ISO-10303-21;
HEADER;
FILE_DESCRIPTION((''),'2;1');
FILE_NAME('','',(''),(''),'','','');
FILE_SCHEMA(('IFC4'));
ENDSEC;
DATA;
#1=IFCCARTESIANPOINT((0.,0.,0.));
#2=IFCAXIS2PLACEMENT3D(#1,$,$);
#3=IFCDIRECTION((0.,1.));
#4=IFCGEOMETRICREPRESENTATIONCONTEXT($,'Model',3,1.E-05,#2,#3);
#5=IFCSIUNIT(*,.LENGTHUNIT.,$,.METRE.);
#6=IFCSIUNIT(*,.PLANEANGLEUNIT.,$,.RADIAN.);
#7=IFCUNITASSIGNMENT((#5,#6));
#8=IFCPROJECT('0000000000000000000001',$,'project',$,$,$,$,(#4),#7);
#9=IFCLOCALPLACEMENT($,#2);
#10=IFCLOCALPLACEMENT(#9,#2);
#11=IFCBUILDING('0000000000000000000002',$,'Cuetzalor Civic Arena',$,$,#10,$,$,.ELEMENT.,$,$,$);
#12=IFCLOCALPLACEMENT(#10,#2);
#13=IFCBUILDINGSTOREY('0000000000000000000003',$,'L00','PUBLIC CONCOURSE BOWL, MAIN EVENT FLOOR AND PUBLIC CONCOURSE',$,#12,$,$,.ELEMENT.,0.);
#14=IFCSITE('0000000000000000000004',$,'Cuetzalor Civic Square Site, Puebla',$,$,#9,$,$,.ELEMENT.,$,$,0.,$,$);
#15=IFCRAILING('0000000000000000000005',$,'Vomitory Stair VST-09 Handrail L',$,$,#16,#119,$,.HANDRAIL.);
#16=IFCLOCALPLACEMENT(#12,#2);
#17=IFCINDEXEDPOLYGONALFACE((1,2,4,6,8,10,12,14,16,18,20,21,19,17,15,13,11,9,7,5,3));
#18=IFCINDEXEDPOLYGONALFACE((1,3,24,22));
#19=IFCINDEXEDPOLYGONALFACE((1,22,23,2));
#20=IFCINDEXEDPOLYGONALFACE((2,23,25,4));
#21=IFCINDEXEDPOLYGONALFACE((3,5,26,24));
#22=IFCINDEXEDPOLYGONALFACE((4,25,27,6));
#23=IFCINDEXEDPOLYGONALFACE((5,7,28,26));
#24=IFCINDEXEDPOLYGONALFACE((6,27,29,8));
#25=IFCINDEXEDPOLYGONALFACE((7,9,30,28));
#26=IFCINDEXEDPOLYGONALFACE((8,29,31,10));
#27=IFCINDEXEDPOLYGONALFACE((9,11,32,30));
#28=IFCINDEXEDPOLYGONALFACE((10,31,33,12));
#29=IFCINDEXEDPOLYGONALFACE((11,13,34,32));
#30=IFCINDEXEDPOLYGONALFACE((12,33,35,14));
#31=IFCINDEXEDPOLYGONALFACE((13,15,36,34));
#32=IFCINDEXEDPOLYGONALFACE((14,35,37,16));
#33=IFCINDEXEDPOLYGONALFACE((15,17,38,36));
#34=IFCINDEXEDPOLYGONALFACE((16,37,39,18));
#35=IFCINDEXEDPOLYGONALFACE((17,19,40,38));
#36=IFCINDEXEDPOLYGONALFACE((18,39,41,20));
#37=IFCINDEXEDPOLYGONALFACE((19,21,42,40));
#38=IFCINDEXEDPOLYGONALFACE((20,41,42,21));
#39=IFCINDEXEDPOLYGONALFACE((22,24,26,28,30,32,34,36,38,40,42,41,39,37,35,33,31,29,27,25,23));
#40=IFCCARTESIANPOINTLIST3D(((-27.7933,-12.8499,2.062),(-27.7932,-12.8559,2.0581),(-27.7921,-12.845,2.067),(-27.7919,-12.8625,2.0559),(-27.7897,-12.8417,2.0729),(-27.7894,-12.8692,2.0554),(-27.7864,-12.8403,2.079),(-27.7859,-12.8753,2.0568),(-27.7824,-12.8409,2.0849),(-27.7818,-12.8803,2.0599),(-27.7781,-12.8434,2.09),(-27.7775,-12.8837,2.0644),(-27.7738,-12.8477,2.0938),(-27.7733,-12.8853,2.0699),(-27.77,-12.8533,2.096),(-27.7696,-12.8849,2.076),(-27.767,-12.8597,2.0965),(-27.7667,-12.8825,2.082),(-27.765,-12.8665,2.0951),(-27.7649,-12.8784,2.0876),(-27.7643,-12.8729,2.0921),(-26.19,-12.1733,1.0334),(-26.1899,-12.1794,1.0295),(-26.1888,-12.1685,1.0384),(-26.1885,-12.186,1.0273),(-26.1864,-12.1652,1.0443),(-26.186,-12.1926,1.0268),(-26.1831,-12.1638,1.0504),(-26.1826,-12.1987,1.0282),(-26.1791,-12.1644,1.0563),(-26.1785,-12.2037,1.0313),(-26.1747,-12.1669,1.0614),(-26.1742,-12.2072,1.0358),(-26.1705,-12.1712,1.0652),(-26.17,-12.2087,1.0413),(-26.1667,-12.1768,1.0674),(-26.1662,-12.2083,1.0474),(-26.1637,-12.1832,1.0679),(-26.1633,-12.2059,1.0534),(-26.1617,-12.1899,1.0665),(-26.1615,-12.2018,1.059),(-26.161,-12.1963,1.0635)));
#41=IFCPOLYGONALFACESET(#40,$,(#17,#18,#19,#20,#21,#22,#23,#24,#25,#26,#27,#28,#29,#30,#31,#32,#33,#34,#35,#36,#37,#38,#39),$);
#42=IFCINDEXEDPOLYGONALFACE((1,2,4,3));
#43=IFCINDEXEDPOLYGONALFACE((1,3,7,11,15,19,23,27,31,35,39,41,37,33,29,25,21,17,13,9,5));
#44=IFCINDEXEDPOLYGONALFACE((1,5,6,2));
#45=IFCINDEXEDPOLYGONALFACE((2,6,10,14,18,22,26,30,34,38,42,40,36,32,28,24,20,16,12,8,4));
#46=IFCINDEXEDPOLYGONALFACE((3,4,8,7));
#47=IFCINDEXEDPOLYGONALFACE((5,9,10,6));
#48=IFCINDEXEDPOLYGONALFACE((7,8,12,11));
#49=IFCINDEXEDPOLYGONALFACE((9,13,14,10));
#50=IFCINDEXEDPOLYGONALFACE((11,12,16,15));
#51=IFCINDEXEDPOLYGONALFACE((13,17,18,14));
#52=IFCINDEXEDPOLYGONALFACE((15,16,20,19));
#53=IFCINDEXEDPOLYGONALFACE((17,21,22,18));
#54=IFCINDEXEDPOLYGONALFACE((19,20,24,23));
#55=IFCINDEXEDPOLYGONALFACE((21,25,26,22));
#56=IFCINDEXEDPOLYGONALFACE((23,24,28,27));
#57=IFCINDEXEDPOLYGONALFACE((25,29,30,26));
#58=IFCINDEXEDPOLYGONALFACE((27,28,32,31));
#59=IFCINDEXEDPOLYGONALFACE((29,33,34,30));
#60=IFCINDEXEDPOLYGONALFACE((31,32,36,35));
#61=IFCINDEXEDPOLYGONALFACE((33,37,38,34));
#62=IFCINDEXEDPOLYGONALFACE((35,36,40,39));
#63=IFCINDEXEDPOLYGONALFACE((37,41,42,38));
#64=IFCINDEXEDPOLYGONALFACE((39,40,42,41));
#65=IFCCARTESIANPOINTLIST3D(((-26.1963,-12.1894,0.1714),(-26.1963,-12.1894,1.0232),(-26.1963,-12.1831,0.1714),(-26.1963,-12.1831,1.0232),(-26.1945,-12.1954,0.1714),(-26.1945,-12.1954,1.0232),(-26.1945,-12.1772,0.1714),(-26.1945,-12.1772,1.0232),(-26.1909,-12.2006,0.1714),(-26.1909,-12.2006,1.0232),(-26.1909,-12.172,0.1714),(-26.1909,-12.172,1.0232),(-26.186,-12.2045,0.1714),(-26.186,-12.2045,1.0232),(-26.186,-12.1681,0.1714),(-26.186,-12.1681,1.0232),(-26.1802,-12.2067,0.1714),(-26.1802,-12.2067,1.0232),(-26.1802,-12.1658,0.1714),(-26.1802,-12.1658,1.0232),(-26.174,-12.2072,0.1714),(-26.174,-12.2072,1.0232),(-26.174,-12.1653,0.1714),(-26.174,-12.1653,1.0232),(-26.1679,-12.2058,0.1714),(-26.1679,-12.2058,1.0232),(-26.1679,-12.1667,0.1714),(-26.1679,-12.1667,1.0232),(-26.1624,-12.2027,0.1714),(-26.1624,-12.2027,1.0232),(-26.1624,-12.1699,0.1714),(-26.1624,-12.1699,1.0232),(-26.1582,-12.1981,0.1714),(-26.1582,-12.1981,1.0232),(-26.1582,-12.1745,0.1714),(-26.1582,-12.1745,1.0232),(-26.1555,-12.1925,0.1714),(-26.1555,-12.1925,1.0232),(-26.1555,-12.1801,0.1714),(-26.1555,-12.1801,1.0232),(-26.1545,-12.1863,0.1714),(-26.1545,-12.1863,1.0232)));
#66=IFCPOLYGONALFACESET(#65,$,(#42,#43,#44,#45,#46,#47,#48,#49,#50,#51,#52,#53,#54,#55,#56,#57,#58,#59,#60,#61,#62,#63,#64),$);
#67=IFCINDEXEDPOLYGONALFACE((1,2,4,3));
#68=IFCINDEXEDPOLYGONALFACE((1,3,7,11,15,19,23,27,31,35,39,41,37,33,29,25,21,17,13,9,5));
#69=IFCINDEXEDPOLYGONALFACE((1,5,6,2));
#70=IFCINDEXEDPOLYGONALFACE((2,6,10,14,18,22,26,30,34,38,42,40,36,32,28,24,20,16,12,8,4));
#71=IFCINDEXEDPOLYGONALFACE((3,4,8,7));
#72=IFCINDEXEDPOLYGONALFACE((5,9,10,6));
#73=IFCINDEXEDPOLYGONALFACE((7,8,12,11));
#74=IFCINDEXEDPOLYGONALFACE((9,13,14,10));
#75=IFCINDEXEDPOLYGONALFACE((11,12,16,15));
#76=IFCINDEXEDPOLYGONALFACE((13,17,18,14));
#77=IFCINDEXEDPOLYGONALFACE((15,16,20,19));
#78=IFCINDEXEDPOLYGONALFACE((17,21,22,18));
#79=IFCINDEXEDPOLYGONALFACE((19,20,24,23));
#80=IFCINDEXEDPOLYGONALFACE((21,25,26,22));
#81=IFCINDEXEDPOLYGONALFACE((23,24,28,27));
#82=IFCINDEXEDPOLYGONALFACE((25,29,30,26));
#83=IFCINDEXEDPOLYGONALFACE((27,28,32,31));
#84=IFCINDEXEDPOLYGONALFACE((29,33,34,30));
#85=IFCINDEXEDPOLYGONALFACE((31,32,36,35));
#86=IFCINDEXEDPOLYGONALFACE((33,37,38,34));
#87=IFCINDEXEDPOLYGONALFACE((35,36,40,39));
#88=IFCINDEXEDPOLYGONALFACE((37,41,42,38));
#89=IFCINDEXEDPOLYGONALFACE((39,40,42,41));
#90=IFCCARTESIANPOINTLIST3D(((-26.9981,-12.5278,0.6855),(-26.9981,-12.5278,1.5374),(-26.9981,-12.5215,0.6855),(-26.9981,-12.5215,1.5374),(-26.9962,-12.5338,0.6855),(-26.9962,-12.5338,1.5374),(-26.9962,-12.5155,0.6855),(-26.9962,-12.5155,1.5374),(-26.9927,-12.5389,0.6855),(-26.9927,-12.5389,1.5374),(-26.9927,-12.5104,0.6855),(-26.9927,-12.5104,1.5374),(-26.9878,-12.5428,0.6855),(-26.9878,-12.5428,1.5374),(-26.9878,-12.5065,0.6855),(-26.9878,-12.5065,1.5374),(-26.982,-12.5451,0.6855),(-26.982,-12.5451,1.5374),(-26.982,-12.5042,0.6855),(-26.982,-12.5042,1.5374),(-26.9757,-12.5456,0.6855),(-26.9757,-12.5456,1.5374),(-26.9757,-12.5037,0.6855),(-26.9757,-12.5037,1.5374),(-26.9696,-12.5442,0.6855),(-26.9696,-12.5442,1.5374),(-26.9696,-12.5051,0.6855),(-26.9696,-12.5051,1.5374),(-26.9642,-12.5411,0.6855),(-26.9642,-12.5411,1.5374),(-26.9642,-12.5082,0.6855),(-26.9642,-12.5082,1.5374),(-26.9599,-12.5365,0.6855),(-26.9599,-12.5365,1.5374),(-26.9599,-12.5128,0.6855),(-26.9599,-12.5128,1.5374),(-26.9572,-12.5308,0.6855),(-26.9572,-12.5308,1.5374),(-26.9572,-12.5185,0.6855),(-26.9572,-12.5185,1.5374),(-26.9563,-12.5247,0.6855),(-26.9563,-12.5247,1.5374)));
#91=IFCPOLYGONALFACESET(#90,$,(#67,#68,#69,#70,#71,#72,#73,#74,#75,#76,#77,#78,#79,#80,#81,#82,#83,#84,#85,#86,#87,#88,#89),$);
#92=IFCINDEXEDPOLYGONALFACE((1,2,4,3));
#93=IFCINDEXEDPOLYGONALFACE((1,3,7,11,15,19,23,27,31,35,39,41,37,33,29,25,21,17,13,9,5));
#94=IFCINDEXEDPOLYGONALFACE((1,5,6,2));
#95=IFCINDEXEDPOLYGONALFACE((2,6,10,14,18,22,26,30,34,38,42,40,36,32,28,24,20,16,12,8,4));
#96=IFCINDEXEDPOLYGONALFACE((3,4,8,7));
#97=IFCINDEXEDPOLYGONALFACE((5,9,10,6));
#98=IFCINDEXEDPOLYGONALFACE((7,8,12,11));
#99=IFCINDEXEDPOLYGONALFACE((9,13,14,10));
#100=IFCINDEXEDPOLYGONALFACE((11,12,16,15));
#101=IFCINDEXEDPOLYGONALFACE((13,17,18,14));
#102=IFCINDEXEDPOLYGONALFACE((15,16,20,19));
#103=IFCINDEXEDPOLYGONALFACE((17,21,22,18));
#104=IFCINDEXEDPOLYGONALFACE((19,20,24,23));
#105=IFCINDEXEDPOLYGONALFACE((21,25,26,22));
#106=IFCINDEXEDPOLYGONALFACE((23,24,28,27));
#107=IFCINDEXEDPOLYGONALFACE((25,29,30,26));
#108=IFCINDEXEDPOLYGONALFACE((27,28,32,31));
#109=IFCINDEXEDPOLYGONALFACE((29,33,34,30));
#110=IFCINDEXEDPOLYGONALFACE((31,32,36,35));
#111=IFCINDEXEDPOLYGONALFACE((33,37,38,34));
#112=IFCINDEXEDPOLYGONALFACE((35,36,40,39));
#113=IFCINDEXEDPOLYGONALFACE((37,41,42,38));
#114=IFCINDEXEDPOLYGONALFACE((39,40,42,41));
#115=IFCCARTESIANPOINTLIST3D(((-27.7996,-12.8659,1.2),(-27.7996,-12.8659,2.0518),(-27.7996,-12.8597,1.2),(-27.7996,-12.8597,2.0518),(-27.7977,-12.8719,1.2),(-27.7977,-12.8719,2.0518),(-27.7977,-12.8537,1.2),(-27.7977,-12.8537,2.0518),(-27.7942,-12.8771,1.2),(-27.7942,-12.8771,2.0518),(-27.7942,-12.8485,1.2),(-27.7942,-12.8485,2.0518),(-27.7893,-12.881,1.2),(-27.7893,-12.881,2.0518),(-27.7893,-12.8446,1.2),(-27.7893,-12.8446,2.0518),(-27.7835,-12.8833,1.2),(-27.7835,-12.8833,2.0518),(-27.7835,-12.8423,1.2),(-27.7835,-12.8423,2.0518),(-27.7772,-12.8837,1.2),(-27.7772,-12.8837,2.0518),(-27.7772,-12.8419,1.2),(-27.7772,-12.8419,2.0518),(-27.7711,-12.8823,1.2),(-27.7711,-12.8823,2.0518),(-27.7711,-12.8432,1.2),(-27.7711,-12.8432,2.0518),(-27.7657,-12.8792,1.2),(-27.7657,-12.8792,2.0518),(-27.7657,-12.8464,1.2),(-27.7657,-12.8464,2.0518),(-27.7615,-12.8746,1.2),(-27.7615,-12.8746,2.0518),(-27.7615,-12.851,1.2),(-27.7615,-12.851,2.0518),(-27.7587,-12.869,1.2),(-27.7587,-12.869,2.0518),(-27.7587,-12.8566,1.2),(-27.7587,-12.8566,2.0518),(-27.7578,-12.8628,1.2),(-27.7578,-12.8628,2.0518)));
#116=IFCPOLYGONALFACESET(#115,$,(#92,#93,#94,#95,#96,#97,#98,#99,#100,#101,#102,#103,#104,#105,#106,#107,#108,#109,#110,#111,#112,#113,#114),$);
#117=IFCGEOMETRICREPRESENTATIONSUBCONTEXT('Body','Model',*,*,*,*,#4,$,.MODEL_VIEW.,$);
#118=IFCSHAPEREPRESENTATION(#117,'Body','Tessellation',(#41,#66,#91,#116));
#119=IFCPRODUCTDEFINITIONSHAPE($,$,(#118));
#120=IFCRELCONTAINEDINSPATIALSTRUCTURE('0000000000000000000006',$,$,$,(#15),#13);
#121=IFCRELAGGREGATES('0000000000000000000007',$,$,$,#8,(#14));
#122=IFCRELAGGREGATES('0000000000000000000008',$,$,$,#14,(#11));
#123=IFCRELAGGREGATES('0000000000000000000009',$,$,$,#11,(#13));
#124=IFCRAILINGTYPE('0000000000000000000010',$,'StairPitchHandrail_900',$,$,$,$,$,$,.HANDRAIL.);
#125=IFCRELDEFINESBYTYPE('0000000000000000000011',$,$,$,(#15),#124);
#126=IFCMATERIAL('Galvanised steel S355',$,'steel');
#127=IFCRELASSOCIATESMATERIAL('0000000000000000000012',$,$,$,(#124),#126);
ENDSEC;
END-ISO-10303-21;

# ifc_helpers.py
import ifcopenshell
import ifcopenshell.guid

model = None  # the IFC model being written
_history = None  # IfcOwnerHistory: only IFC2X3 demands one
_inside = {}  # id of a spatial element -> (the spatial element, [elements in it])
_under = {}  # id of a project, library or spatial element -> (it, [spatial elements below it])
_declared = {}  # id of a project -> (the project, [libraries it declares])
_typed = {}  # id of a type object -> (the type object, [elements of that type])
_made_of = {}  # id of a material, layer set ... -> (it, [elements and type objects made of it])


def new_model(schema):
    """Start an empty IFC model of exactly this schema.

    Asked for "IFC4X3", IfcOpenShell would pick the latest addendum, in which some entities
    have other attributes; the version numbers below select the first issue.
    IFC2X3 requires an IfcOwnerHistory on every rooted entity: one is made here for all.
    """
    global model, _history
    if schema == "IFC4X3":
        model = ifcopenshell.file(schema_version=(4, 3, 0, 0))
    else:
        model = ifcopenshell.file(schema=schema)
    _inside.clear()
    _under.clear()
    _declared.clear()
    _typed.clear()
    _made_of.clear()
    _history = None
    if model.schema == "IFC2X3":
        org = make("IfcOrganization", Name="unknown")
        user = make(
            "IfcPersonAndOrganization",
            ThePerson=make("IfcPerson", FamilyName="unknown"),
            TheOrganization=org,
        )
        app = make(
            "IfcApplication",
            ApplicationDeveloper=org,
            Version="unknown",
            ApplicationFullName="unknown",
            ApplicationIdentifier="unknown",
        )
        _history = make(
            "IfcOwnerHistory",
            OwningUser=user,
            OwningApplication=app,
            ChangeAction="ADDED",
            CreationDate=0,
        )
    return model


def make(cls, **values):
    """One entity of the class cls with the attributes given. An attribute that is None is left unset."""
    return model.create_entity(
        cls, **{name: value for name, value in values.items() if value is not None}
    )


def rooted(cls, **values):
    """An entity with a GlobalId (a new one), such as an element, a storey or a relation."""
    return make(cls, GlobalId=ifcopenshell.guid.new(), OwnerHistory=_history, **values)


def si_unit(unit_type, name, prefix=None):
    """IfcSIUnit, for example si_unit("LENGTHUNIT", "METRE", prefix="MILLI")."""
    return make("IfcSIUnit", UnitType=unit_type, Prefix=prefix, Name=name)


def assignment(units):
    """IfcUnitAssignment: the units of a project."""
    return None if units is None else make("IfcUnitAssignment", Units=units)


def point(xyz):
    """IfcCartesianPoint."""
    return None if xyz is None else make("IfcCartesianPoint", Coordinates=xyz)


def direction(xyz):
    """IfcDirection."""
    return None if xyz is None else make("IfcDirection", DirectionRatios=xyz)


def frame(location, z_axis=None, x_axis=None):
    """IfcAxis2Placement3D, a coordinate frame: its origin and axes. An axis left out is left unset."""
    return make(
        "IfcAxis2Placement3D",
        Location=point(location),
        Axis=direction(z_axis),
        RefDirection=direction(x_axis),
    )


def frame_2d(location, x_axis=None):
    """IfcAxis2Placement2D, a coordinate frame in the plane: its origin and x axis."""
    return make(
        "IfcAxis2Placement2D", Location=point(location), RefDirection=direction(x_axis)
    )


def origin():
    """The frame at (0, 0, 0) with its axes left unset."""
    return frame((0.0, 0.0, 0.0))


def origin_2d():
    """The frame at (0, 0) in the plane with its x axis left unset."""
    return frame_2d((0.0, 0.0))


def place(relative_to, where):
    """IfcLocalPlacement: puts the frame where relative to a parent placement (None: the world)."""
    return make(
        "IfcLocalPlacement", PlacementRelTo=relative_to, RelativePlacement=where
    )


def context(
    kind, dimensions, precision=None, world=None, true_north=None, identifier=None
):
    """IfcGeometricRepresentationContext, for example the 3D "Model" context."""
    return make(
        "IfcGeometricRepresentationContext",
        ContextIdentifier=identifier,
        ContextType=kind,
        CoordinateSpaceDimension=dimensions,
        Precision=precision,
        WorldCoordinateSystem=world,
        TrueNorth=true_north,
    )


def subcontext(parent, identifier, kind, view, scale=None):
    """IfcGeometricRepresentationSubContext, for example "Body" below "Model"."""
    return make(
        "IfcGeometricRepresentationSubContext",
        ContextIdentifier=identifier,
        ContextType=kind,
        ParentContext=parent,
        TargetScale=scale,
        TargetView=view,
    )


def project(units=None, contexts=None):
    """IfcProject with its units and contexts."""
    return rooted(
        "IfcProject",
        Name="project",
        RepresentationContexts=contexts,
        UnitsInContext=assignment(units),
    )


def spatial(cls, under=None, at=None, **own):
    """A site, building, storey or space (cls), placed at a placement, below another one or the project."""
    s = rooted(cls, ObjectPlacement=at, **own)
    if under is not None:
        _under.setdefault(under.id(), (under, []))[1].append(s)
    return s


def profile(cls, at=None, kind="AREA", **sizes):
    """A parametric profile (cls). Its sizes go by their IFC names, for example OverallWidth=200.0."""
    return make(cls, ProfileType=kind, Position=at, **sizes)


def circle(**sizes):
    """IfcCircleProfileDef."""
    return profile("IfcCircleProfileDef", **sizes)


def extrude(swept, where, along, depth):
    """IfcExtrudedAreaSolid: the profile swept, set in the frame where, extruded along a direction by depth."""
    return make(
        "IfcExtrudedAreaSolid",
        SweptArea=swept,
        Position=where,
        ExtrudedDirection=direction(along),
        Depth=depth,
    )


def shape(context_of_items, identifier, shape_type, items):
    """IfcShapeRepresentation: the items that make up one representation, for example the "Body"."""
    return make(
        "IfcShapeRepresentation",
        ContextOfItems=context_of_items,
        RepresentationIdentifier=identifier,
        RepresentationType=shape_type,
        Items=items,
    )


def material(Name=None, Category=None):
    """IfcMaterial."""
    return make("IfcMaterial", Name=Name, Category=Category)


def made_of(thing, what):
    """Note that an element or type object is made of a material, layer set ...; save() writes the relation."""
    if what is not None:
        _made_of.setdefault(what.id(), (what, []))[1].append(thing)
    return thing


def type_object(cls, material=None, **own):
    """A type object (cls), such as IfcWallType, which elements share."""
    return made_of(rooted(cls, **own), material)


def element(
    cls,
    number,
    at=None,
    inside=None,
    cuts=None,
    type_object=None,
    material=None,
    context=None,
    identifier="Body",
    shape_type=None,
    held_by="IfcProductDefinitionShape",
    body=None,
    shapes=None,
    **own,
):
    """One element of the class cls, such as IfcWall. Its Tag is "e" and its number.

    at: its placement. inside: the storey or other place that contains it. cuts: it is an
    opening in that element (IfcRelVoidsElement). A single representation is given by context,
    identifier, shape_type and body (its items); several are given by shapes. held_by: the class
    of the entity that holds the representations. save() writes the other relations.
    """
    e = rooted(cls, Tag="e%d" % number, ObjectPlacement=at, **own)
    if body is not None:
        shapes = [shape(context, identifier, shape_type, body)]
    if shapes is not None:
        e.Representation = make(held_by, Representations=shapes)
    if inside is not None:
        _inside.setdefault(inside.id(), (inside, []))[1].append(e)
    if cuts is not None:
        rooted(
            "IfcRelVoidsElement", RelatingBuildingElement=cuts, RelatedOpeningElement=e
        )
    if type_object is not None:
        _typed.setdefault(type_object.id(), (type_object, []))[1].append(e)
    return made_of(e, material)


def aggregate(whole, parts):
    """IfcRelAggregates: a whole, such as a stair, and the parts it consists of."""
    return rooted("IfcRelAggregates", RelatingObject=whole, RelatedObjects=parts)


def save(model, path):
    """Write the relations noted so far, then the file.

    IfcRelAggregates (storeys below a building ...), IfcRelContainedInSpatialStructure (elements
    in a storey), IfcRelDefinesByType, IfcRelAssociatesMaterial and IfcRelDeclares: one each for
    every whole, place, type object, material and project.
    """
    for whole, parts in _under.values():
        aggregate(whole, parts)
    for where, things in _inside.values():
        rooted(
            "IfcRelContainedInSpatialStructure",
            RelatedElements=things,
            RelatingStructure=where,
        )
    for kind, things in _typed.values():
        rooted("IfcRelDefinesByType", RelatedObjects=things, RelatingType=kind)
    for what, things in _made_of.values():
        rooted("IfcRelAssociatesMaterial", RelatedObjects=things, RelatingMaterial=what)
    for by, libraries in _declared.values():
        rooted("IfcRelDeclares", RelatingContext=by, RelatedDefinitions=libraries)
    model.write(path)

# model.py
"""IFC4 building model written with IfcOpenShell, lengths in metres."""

from ifc_helpers import new_model, si_unit, direction, frame, origin, origin_2d, place, context, subcontext, project, spatial, circle, extrude, material, type_object, element, save


model = new_model("IFC4")

# Units and contexts
model_context = context("Model", 3, precision=1e-05, world=origin(), true_north=direction((0.0, 1.0)))
body_context = subcontext(model_context, "Body", "Model", "MODEL_VIEW")
ifc_project = project(units=[si_unit("LENGTHUNIT", "METRE"), si_unit("PLANEANGLEUNIT", "RADIAN")], contexts=[model_context])

# Site, building, storey
site_placement = place(None, origin())
site = spatial("IfcSite", under=ifc_project, at=site_placement, Name="Cuetzalor Civic Square Site, Puebla", CompositionType="ELEMENT", RefElevation=0.0)
building_placement = place(site_placement, origin())
building = spatial("IfcBuilding", under=site, at=building_placement, Name="Cuetzalor Civic Arena", CompositionType="ELEMENT")
storey_placement = place(building_placement, origin())
storey = spatial("IfcBuildingStorey", under=building, at=storey_placement, Name="L00", Description="PUBLIC CONCOURSE BOWL, MAIN EVENT FLOOR AND PUBLIC CONCOURSE", CompositionType="ELEMENT", Elevation=0.0)

# Railing
ifc_material_1 = material(Name="Galvanised steel S355", Category="steel")
railing_type_1 = type_object("IfcRailingType", Name="StairPitchHandrail_900", PredefinedType="HANDRAIL", material=ifc_material_1)
railing_1_placement = place(storey_placement, frame((-26.1755, -12.1863, 0.1714)))
element("IfcRailing", 1, at=railing_1_placement, inside=storey, type_object=railing_type_1, Name="Vomitory Stair VST-09 Handrail L", PredefinedType="HANDRAIL", context=body_context, shape_type="SweptSolid", body=[
    extrude(circle(Radius=0.0239, at=origin_2d()), frame((0.0, 0.0, 0.876), z_axis=(-0.793145, -0.334674, 0.508835), x_axis=(0.388766, -0.921337, 0.0)), (0.0, 0.0, 1.0), 2.0215),
    extrude(circle(Radius=0.021, at=origin_2d()), origin(), (0.0, 0.0, 1.0), 0.8518),
    extrude(circle(Radius=0.021, at=origin_2d()), frame((-0.8018, -0.3384, 0.5142)), (0.0, 0.0, 1.0), 0.8518),
    extrude(circle(Radius=0.021, at=origin_2d()), frame((-1.6033, -0.6765, 1.0286)), (0.0, 0.0, 1.0), 0.8518),
])

save(model, "model.ifc")
